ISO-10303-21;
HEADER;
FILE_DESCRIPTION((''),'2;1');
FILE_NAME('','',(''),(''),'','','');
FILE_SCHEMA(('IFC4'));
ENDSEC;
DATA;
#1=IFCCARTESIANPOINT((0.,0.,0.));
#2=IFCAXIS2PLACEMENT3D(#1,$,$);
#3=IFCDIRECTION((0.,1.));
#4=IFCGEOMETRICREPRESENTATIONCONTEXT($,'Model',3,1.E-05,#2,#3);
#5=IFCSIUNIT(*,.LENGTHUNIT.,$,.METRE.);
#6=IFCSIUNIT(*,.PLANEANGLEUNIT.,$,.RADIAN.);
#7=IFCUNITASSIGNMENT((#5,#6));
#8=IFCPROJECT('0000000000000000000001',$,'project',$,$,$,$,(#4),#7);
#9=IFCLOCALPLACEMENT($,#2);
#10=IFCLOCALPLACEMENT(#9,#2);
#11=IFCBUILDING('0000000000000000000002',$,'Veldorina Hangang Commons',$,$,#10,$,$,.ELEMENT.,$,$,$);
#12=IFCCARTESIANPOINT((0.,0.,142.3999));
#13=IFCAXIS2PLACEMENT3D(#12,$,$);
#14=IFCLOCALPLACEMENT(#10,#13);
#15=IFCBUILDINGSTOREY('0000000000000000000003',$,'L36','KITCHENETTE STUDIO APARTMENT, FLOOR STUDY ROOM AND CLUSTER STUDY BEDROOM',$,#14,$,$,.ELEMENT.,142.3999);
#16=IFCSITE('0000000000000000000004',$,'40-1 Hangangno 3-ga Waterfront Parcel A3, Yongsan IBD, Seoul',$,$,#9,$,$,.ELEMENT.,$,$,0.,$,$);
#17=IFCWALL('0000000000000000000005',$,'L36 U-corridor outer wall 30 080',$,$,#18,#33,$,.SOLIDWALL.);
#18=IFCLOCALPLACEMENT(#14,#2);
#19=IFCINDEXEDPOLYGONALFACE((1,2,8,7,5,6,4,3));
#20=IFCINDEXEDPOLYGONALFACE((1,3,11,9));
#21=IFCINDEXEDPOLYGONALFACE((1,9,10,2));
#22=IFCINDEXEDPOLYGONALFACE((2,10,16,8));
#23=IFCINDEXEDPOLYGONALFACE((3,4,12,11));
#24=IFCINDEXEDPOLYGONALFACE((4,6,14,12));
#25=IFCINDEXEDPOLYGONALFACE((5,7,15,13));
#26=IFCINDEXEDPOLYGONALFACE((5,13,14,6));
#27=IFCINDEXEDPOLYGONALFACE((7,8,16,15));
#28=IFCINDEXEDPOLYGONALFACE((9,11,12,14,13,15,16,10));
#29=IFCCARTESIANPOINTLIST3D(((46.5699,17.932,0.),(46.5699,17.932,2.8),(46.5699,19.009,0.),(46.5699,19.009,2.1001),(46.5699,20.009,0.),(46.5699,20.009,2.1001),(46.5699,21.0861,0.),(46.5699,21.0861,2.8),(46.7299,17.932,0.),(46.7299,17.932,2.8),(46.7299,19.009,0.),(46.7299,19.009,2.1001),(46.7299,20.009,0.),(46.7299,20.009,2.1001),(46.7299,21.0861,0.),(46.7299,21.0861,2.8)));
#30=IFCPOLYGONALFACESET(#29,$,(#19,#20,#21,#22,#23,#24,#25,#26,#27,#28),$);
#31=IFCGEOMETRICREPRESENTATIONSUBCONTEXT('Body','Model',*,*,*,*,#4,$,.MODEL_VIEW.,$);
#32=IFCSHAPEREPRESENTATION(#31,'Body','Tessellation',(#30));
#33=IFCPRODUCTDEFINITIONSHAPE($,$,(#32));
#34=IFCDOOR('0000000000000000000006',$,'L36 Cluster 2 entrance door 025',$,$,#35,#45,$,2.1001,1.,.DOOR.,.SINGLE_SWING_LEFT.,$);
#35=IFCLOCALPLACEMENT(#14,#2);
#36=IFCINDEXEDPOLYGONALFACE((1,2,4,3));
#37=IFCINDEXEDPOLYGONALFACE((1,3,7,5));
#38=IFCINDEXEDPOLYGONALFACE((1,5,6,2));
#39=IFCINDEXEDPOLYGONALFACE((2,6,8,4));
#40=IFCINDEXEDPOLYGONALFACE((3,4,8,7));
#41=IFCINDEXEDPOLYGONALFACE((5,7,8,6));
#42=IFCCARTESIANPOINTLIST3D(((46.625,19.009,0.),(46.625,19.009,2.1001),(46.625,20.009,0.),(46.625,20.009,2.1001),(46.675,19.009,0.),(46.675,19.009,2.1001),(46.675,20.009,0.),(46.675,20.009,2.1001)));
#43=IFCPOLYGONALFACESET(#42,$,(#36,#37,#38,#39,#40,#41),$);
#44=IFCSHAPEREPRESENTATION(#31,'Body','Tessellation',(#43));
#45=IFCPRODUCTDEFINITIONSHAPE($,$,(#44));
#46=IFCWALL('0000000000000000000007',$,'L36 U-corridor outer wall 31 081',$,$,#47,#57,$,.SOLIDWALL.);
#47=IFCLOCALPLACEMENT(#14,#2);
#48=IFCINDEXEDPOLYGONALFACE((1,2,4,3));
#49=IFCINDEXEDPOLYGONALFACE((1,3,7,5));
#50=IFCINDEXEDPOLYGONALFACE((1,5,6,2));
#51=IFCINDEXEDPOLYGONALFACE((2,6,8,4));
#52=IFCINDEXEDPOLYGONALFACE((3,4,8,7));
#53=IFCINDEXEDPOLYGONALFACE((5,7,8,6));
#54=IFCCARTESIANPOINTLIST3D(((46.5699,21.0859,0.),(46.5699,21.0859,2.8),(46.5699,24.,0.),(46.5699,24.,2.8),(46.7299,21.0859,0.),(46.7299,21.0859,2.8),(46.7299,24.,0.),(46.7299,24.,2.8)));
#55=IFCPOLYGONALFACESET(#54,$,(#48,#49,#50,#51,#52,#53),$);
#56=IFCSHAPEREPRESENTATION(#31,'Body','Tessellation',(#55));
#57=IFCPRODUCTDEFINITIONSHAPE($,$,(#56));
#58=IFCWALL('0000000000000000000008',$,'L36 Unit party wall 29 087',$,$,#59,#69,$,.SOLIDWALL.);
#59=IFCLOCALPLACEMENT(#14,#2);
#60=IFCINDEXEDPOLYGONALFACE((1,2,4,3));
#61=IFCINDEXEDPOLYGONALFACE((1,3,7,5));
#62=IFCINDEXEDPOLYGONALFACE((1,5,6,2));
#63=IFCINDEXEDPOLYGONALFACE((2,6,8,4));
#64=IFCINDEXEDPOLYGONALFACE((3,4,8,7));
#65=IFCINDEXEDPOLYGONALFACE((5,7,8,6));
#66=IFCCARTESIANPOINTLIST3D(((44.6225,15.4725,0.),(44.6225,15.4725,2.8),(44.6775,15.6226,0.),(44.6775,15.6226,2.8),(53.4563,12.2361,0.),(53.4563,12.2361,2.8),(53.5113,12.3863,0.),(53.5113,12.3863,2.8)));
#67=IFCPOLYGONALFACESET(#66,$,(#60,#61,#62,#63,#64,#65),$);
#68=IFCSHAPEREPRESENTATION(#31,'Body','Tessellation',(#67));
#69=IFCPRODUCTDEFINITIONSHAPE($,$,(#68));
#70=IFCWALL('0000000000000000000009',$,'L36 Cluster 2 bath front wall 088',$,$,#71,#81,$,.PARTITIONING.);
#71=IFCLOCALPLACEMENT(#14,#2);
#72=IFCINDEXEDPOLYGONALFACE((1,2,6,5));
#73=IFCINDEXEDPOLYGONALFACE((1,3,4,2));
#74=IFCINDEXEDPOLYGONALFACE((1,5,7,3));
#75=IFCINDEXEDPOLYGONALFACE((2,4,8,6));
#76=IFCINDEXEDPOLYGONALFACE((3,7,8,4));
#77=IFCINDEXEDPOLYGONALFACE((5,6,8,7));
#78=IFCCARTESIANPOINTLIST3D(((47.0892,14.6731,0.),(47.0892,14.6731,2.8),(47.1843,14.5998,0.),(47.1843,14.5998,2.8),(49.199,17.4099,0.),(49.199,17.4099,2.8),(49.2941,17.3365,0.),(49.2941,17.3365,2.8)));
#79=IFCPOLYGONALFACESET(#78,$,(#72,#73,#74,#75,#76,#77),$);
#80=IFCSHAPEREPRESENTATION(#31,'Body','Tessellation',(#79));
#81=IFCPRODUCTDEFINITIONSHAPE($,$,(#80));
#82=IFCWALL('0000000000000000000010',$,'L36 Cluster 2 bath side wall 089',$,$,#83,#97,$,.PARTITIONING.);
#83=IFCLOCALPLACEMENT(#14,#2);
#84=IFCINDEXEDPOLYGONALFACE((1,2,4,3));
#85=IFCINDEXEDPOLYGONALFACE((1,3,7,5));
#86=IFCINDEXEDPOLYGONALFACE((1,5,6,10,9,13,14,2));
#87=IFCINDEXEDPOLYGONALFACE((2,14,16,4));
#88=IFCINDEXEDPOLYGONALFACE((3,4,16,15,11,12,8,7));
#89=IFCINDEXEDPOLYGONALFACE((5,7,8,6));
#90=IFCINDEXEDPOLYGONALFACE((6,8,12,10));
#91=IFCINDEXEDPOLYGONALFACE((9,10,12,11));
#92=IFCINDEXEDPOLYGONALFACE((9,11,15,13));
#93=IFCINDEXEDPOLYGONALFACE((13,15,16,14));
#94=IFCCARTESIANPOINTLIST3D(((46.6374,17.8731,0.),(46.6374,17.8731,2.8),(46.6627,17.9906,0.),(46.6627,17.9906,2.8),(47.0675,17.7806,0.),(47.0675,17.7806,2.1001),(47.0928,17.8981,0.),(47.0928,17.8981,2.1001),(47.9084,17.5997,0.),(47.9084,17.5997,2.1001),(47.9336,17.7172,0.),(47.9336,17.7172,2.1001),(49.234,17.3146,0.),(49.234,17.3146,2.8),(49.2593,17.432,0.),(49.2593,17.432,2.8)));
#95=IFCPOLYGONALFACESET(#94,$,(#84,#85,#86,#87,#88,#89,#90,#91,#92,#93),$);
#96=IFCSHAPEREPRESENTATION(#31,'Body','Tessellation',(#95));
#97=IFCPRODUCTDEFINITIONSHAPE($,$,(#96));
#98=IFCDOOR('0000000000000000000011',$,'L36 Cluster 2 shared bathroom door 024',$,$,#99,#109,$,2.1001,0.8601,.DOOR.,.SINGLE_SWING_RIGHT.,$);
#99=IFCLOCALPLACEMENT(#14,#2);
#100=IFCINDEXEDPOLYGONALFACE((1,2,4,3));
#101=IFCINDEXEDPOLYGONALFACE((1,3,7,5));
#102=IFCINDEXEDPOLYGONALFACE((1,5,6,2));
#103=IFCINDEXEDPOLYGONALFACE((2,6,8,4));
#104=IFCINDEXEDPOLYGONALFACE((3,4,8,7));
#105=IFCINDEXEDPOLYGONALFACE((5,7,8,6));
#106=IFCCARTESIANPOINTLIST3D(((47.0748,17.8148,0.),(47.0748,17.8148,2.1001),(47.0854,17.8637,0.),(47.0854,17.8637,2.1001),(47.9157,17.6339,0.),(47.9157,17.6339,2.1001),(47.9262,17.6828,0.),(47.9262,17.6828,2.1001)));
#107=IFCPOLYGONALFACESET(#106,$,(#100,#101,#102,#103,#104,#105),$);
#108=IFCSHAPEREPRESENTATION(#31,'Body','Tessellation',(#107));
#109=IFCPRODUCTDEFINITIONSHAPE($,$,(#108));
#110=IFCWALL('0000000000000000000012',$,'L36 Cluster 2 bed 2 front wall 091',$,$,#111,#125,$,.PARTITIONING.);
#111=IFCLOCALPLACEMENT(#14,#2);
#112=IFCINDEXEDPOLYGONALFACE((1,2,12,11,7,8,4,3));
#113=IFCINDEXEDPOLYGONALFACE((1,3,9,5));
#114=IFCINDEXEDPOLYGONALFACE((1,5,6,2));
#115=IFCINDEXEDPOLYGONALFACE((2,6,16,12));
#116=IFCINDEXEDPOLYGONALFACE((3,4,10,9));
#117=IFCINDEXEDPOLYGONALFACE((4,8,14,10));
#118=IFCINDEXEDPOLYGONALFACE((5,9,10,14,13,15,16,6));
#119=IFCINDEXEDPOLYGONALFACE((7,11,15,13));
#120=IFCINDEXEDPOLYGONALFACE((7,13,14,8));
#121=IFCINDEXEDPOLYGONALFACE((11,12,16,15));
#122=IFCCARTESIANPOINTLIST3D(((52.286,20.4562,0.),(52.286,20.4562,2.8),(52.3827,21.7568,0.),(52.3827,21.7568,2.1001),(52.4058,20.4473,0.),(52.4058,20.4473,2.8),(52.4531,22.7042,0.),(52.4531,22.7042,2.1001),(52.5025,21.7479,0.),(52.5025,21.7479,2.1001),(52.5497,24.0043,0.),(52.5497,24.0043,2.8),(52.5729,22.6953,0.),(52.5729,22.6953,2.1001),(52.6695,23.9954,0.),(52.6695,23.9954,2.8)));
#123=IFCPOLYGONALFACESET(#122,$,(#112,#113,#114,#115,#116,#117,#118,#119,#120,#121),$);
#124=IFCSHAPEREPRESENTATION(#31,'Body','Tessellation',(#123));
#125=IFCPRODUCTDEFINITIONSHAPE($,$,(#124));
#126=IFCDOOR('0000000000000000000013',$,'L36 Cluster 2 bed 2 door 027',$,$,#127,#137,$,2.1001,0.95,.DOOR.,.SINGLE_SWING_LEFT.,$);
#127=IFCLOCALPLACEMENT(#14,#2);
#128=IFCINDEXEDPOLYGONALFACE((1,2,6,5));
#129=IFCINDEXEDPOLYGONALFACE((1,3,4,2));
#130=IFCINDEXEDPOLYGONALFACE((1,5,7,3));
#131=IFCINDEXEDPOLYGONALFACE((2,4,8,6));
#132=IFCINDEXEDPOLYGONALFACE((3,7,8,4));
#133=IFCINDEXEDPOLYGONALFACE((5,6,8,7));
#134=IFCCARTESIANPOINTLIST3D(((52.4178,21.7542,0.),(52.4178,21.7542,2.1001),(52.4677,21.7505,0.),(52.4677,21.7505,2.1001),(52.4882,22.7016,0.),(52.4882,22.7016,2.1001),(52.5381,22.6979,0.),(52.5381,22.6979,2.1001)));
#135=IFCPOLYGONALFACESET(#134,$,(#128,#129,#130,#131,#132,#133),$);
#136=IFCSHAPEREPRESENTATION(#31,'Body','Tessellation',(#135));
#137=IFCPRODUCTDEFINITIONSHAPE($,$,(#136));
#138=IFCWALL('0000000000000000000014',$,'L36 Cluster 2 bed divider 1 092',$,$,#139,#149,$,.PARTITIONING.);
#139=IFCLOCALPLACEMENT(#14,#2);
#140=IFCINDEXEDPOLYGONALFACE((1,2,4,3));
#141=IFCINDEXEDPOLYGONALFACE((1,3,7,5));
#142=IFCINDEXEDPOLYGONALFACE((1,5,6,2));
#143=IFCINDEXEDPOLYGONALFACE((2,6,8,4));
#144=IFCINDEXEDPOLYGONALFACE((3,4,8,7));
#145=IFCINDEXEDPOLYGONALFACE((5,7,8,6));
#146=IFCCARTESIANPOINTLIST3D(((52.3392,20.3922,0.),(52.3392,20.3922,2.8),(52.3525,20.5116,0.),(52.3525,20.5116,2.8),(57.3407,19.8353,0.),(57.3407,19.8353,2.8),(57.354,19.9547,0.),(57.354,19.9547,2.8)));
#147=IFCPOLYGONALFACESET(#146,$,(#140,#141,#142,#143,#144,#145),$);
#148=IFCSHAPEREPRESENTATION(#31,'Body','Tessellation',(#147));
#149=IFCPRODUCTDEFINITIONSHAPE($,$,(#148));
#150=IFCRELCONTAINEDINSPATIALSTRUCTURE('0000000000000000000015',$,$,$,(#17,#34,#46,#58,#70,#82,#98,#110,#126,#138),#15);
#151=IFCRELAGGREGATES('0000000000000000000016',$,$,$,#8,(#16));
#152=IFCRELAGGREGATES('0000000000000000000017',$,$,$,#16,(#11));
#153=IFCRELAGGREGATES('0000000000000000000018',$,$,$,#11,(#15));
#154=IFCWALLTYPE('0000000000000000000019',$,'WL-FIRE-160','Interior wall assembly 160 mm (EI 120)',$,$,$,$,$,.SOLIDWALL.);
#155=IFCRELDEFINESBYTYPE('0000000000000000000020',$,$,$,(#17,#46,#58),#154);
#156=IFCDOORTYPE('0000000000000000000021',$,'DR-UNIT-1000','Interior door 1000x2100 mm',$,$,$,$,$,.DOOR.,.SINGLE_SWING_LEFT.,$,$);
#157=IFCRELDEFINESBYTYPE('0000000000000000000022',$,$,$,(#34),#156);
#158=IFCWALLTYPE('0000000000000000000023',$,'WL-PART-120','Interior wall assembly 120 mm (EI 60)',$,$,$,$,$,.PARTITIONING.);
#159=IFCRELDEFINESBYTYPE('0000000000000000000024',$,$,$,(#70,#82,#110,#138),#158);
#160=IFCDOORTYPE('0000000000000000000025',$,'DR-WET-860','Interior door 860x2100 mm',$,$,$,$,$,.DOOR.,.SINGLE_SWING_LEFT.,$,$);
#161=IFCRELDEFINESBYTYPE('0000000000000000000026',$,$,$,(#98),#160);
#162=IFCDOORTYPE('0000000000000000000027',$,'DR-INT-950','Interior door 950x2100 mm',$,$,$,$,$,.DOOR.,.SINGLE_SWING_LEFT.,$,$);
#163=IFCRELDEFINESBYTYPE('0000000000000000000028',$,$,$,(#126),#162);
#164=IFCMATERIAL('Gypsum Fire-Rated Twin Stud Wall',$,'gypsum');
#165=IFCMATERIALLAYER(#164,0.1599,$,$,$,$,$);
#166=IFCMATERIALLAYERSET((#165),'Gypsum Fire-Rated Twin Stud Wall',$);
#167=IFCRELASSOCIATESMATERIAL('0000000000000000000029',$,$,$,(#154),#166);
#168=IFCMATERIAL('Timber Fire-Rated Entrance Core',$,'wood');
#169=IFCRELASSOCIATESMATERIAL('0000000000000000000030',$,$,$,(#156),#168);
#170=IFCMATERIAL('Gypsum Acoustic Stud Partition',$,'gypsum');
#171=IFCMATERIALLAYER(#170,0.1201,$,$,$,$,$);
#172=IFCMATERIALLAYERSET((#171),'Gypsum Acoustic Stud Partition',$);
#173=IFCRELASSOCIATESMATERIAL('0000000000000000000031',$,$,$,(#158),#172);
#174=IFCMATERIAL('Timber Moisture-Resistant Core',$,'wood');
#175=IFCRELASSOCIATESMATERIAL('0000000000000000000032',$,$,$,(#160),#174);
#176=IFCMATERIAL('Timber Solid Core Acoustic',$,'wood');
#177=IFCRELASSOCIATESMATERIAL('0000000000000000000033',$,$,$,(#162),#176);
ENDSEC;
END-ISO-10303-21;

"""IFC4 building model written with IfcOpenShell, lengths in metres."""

from ifc_helpers import new_model, si_unit, direction, frame, frame_2d, origin, place, context, subcontext, project, spatial, rectangle, extrude, material, layer, layer_set, type_object, element, fill, save


model = new_model("IFC4")

# Units and contexts
model_context = context("Model", 3, precision=1e-05, world=origin(), true_north=direction((0.0, 1.0)))
body_context = subcontext(model_context, "Body", "Model", "MODEL_VIEW")
ifc_project = project(units=[si_unit("LENGTHUNIT", "METRE"), si_unit("PLANEANGLEUNIT", "RADIAN")], contexts=[model_context])

# Site, building, storey
site_placement = place(None, origin())
site = spatial("IfcSite", under=ifc_project, at=site_placement, Name="40-1 Hangangno 3-ga Waterfront Parcel A3, Yongsan IBD, Seoul", CompositionType="ELEMENT", RefElevation=0.0)
building_placement = place(site_placement, origin())
building = spatial("IfcBuilding", under=site, at=building_placement, Name="Veldorina Hangang Commons", CompositionType="ELEMENT")
storey_placement = place(building_placement, frame((0.0, 0.0, 142.3999)))
storey = spatial("IfcBuildingStorey", under=building, at=storey_placement, Name="L36", Description="KITCHENETTE STUDIO APARTMENT, FLOOR STUDY ROOM AND CLUSTER STUDY BEDROOM", CompositionType="ELEMENT", Elevation=142.3999)

# Shared definitions
ifc_material_1 = material(Name="Gypsum Fire-Rated Twin Stud Wall", Category="gypsum")
ifc_layer_1 = layer(ifc_material_1, 0.1599)
ifc_layer_set_1 = layer_set([ifc_layer_1], Name="Gypsum Fire-Rated Twin Stud Wall")
wall_type_1 = type_object("IfcWallType", Name="WL-FIRE-160", Description="Interior wall assembly 160 mm (EI 120)", PredefinedType="SOLIDWALL", material=ifc_layer_set_1)

# Wall, opening, door
wall_1_placement = place(storey_placement, frame((46.6499, 17.9319, 0.0), z_axis=(0.0, 0.0, 1.0), x_axis=(0.0, 1.0, 0.0)))
wall_1 = element("IfcWall", 1, at=wall_1_placement, inside=storey, type_object=wall_type_1, Name="L36 U-corridor outer wall 30 080", PredefinedType="SOLIDWALL", context=body_context, shape_type="SweptSolid", body=[
    extrude(rectangle(XDim=3.1541, YDim=0.1599, at=frame_2d((1.5771, 0.0))), origin(), (0.0, 0.0, 1.0), 2.8),
])
opening_1_placement = place(wall_1_placement, frame((1.0771, 0.0, 0.0)))
opening_1 = element("IfcOpeningElement", 2, at=opening_1_placement, cuts=wall_1, PredefinedType="OPENING", context=body_context, shape_type="SweptSolid", body=[
    extrude(rectangle(XDim=1.0, YDim=2.1001, at=frame_2d((0.5, 1.05))), frame((0.0, 0.0898, 0.0), z_axis=(0.0, -1.0, 0.0), x_axis=(1.0, 0.0, 0.0)), (0.0, 0.0, 1.0), 0.1799),
])
ifc_material_2 = material(Name="Timber Fire-Rated Entrance Core", Category="wood")
door_type_1 = type_object("IfcDoorType", Name="DR-UNIT-1000", Description="Interior door 1000x2100 mm", OperationType="SINGLE_SWING_LEFT", PredefinedType="DOOR", material=ifc_material_2)
door_1_placement = place(opening_1_placement, origin())
door_1 = element("IfcDoor", 3, at=door_1_placement, inside=storey, type_object=door_type_1, Name="L36 Cluster 2 entrance door 025", OperationType="SINGLE_SWING_LEFT", OverallHeight=2.1001, OverallWidth=1.0, PredefinedType="DOOR", context=body_context, shape_type="SweptSolid", body=[
    extrude(rectangle(XDim=1.0, YDim=2.1001, at=frame_2d((0.5, 1.05))), frame((0.0, 0.0249, 0.0), z_axis=(0.0, -1.0, 0.0), x_axis=(1.0, 0.0, 0.0)), (0.0, 0.0, 1.0), 0.05),
])
fill(opening_1, door_1)

# Walls
wall_2_placement = place(storey_placement, frame((46.6499, 21.0859, 0.0), z_axis=(0.0, 0.0, 1.0), x_axis=(0.0, 1.0, 0.0)))
element("IfcWall", 4, at=wall_2_placement, inside=storey, type_object=wall_type_1, Name="L36 U-corridor outer wall 31 081", PredefinedType="SOLIDWALL", context=body_context, shape_type="SweptSolid", body=[
    extrude(rectangle(XDim=2.9141, YDim=0.1599, at=frame_2d((1.457, 0.0))), origin(), (0.0, 0.0, 1.0), 2.8),
])
wall_3_placement = place(storey_placement, frame((44.6499, 15.5476, 0.0), z_axis=(0.0, 0.0, 1.0), x_axis=(0.938969, -0.344001, 0.0)))
element("IfcWall", 5, at=wall_3_placement, inside=storey, type_object=wall_type_1, Name="L36 Unit party wall 29 087", PredefinedType="SOLIDWALL", context=body_context, shape_type="SweptSolid", body=[
    extrude(rectangle(XDim=9.408, YDim=0.1599, at=frame_2d((4.7041, 0.0))), origin(), (0.0, 0.0, 1.0), 2.8),
])
ifc_material_3 = material(Name="Gypsum Acoustic Stud Partition", Category="gypsum")
ifc_layer_2 = layer(ifc_material_3, 0.1201)
ifc_layer_set_2 = layer_set([ifc_layer_2], Name="Gypsum Acoustic Stud Partition")
wall_type_2 = type_object("IfcWallType", Name="WL-PART-120", Description="Interior wall assembly 120 mm (EI 60)", PredefinedType="PARTITIONING", material=ifc_layer_set_2)
wall_4_placement = place(storey_placement, frame((47.1367, 14.6365, 0.0), z_axis=(0.0, 0.0, 1.0), x_axis=(0.61055, 0.791977, 0.0)))
element("IfcWall", 6, at=wall_4_placement, inside=storey, type_object=wall_type_2, Name="L36 Cluster 2 bath front wall 088", PredefinedType="PARTITIONING", context=body_context, shape_type="SweptSolid", body=[
    extrude(rectangle(XDim=3.4556, YDim=0.1201, at=frame_2d((1.7278, 0.0))), origin(), (0.0, 0.0, 1.0), 2.8),
])

# Walls, openings, doors
wall_5_placement = place(storey_placement, frame((46.6499, 17.9319, 0.0), z_axis=(0.0, 0.0, 1.0), x_axis=(0.977635, -0.210307, 0.0)))
wall_5 = element("IfcWall", 7, at=wall_5_placement, inside=storey, type_object=wall_type_2, Name="L36 Cluster 2 bath side wall 089", PredefinedType="PARTITIONING", context=body_context, shape_type="SweptSolid", body=[
    extrude(rectangle(XDim=2.656, YDim=0.1201, at=frame_2d((1.3281, 0.0))), origin(), (0.0, 0.0, 1.0), 2.8),
])
opening_2_placement = place(wall_5_placement, frame((0.4399, 0.0, 0.0)))
opening_2 = element("IfcOpeningElement", 8, at=opening_2_placement, cuts=wall_5, PredefinedType="OPENING", context=body_context, shape_type="SweptSolid", body=[
    extrude(rectangle(XDim=0.8601, YDim=2.1001, at=frame_2d((0.4302, 1.05))), frame((0.0, 0.0701, 0.0), z_axis=(0.0, -1.0, 0.0), x_axis=(1.0, 0.0, 0.0)), (0.0, 0.0, 1.0), 0.1401),
])
ifc_material_4 = material(Name="Timber Moisture-Resistant Core", Category="wood")
door_type_2 = type_object("IfcDoorType", Name="DR-WET-860", Description="Interior door 860x2100 mm", OperationType="SINGLE_SWING_LEFT", PredefinedType="DOOR", material=ifc_material_4)
door_2_placement = place(opening_2_placement, origin())
door_2 = element("IfcDoor", 9, at=door_2_placement, inside=storey, type_object=door_type_2, Name="L36 Cluster 2 shared bathroom door 024", OperationType="SINGLE_SWING_RIGHT", OverallHeight=2.1001, OverallWidth=0.8601, PredefinedType="DOOR", context=body_context, shape_type="SweptSolid", body=[
    extrude(rectangle(XDim=0.8601, YDim=2.1001, at=frame_2d((0.4302, 1.05))), frame((0.0, 0.0249, 0.0), z_axis=(0.0, -1.0, 0.0), x_axis=(1.0, 0.0, 0.0)), (0.0, 0.0, 1.0), 0.05),
])
fill(opening_2, door_2)
wall_6_placement = place(storey_placement, frame((52.3459, 20.4519, 0.0), z_axis=(0.0, 0.0, 1.0), x_axis=(0.074109, 0.99725, 0.0)))
wall_6 = element("IfcWall", 10, at=wall_6_placement, inside=storey, type_object=wall_type_2, Name="L36 Cluster 2 bed 2 front wall 091", PredefinedType="PARTITIONING", context=body_context, shape_type="SweptSolid", body=[
    extrude(rectangle(XDim=3.5579, YDim=0.1201, at=frame_2d((1.7788, 0.0))), origin(), (0.0, 0.0, 1.0), 2.8),
])
opening_3_placement = place(wall_6_placement, frame((1.304, 0.0, 0.0)))
opening_3 = element("IfcOpeningElement", 11, at=opening_3_placement, cuts=wall_6, PredefinedType="OPENING", context=body_context, shape_type="SweptSolid", body=[
    extrude(rectangle(XDim=0.95, YDim=2.1001, at=frame_2d((0.4751, 1.05))), frame((0.0, 0.0701, 0.0), z_axis=(0.0, -1.0, 0.0), x_axis=(1.0, 0.0, 0.0)), (0.0, 0.0, 1.0), 0.1401),
])
ifc_material_5 = material(Name="Timber Solid Core Acoustic", Category="wood")
door_type_3 = type_object("IfcDoorType", Name="DR-INT-950", Description="Interior door 950x2100 mm", OperationType="SINGLE_SWING_LEFT", PredefinedType="DOOR", material=ifc_material_5)
door_3_placement = place(opening_3_placement, origin())
door_3 = element("IfcDoor", 12, at=door_3_placement, inside=storey, type_object=door_type_3, Name="L36 Cluster 2 bed 2 door 027", OperationType="SINGLE_SWING_LEFT", OverallHeight=2.1001, OverallWidth=0.95, PredefinedType="DOOR", context=body_context, shape_type="SweptSolid", body=[
    extrude(rectangle(XDim=0.95, YDim=2.1001, at=frame_2d((0.4751, 1.05))), frame((0.0, 0.0249, 0.0), z_axis=(0.0, -1.0, 0.0), x_axis=(1.0, 0.0, 0.0)), (0.0, 0.0, 1.0), 0.05),
])
fill(opening_3, door_3)

# Wall
wall_7_placement = place(storey_placement, frame((52.3459, 20.4519, 0.0), z_axis=(0.0, 0.0, 1.0), x_axis=(0.993858, -0.11066, 0.0)))
element("IfcWall", 13, at=wall_7_placement, inside=storey, type_object=wall_type_2, Name="L36 Cluster 2 bed divider 1 092", PredefinedType="PARTITIONING", context=body_context, shape_type="SweptSolid", body=[
    extrude(rectangle(XDim=5.0325, YDim=0.1201, at=frame_2d((2.5161, 0.0))), origin(), (0.0, 0.0, 1.0), 2.8),
])

save(model, "model.ifc")
